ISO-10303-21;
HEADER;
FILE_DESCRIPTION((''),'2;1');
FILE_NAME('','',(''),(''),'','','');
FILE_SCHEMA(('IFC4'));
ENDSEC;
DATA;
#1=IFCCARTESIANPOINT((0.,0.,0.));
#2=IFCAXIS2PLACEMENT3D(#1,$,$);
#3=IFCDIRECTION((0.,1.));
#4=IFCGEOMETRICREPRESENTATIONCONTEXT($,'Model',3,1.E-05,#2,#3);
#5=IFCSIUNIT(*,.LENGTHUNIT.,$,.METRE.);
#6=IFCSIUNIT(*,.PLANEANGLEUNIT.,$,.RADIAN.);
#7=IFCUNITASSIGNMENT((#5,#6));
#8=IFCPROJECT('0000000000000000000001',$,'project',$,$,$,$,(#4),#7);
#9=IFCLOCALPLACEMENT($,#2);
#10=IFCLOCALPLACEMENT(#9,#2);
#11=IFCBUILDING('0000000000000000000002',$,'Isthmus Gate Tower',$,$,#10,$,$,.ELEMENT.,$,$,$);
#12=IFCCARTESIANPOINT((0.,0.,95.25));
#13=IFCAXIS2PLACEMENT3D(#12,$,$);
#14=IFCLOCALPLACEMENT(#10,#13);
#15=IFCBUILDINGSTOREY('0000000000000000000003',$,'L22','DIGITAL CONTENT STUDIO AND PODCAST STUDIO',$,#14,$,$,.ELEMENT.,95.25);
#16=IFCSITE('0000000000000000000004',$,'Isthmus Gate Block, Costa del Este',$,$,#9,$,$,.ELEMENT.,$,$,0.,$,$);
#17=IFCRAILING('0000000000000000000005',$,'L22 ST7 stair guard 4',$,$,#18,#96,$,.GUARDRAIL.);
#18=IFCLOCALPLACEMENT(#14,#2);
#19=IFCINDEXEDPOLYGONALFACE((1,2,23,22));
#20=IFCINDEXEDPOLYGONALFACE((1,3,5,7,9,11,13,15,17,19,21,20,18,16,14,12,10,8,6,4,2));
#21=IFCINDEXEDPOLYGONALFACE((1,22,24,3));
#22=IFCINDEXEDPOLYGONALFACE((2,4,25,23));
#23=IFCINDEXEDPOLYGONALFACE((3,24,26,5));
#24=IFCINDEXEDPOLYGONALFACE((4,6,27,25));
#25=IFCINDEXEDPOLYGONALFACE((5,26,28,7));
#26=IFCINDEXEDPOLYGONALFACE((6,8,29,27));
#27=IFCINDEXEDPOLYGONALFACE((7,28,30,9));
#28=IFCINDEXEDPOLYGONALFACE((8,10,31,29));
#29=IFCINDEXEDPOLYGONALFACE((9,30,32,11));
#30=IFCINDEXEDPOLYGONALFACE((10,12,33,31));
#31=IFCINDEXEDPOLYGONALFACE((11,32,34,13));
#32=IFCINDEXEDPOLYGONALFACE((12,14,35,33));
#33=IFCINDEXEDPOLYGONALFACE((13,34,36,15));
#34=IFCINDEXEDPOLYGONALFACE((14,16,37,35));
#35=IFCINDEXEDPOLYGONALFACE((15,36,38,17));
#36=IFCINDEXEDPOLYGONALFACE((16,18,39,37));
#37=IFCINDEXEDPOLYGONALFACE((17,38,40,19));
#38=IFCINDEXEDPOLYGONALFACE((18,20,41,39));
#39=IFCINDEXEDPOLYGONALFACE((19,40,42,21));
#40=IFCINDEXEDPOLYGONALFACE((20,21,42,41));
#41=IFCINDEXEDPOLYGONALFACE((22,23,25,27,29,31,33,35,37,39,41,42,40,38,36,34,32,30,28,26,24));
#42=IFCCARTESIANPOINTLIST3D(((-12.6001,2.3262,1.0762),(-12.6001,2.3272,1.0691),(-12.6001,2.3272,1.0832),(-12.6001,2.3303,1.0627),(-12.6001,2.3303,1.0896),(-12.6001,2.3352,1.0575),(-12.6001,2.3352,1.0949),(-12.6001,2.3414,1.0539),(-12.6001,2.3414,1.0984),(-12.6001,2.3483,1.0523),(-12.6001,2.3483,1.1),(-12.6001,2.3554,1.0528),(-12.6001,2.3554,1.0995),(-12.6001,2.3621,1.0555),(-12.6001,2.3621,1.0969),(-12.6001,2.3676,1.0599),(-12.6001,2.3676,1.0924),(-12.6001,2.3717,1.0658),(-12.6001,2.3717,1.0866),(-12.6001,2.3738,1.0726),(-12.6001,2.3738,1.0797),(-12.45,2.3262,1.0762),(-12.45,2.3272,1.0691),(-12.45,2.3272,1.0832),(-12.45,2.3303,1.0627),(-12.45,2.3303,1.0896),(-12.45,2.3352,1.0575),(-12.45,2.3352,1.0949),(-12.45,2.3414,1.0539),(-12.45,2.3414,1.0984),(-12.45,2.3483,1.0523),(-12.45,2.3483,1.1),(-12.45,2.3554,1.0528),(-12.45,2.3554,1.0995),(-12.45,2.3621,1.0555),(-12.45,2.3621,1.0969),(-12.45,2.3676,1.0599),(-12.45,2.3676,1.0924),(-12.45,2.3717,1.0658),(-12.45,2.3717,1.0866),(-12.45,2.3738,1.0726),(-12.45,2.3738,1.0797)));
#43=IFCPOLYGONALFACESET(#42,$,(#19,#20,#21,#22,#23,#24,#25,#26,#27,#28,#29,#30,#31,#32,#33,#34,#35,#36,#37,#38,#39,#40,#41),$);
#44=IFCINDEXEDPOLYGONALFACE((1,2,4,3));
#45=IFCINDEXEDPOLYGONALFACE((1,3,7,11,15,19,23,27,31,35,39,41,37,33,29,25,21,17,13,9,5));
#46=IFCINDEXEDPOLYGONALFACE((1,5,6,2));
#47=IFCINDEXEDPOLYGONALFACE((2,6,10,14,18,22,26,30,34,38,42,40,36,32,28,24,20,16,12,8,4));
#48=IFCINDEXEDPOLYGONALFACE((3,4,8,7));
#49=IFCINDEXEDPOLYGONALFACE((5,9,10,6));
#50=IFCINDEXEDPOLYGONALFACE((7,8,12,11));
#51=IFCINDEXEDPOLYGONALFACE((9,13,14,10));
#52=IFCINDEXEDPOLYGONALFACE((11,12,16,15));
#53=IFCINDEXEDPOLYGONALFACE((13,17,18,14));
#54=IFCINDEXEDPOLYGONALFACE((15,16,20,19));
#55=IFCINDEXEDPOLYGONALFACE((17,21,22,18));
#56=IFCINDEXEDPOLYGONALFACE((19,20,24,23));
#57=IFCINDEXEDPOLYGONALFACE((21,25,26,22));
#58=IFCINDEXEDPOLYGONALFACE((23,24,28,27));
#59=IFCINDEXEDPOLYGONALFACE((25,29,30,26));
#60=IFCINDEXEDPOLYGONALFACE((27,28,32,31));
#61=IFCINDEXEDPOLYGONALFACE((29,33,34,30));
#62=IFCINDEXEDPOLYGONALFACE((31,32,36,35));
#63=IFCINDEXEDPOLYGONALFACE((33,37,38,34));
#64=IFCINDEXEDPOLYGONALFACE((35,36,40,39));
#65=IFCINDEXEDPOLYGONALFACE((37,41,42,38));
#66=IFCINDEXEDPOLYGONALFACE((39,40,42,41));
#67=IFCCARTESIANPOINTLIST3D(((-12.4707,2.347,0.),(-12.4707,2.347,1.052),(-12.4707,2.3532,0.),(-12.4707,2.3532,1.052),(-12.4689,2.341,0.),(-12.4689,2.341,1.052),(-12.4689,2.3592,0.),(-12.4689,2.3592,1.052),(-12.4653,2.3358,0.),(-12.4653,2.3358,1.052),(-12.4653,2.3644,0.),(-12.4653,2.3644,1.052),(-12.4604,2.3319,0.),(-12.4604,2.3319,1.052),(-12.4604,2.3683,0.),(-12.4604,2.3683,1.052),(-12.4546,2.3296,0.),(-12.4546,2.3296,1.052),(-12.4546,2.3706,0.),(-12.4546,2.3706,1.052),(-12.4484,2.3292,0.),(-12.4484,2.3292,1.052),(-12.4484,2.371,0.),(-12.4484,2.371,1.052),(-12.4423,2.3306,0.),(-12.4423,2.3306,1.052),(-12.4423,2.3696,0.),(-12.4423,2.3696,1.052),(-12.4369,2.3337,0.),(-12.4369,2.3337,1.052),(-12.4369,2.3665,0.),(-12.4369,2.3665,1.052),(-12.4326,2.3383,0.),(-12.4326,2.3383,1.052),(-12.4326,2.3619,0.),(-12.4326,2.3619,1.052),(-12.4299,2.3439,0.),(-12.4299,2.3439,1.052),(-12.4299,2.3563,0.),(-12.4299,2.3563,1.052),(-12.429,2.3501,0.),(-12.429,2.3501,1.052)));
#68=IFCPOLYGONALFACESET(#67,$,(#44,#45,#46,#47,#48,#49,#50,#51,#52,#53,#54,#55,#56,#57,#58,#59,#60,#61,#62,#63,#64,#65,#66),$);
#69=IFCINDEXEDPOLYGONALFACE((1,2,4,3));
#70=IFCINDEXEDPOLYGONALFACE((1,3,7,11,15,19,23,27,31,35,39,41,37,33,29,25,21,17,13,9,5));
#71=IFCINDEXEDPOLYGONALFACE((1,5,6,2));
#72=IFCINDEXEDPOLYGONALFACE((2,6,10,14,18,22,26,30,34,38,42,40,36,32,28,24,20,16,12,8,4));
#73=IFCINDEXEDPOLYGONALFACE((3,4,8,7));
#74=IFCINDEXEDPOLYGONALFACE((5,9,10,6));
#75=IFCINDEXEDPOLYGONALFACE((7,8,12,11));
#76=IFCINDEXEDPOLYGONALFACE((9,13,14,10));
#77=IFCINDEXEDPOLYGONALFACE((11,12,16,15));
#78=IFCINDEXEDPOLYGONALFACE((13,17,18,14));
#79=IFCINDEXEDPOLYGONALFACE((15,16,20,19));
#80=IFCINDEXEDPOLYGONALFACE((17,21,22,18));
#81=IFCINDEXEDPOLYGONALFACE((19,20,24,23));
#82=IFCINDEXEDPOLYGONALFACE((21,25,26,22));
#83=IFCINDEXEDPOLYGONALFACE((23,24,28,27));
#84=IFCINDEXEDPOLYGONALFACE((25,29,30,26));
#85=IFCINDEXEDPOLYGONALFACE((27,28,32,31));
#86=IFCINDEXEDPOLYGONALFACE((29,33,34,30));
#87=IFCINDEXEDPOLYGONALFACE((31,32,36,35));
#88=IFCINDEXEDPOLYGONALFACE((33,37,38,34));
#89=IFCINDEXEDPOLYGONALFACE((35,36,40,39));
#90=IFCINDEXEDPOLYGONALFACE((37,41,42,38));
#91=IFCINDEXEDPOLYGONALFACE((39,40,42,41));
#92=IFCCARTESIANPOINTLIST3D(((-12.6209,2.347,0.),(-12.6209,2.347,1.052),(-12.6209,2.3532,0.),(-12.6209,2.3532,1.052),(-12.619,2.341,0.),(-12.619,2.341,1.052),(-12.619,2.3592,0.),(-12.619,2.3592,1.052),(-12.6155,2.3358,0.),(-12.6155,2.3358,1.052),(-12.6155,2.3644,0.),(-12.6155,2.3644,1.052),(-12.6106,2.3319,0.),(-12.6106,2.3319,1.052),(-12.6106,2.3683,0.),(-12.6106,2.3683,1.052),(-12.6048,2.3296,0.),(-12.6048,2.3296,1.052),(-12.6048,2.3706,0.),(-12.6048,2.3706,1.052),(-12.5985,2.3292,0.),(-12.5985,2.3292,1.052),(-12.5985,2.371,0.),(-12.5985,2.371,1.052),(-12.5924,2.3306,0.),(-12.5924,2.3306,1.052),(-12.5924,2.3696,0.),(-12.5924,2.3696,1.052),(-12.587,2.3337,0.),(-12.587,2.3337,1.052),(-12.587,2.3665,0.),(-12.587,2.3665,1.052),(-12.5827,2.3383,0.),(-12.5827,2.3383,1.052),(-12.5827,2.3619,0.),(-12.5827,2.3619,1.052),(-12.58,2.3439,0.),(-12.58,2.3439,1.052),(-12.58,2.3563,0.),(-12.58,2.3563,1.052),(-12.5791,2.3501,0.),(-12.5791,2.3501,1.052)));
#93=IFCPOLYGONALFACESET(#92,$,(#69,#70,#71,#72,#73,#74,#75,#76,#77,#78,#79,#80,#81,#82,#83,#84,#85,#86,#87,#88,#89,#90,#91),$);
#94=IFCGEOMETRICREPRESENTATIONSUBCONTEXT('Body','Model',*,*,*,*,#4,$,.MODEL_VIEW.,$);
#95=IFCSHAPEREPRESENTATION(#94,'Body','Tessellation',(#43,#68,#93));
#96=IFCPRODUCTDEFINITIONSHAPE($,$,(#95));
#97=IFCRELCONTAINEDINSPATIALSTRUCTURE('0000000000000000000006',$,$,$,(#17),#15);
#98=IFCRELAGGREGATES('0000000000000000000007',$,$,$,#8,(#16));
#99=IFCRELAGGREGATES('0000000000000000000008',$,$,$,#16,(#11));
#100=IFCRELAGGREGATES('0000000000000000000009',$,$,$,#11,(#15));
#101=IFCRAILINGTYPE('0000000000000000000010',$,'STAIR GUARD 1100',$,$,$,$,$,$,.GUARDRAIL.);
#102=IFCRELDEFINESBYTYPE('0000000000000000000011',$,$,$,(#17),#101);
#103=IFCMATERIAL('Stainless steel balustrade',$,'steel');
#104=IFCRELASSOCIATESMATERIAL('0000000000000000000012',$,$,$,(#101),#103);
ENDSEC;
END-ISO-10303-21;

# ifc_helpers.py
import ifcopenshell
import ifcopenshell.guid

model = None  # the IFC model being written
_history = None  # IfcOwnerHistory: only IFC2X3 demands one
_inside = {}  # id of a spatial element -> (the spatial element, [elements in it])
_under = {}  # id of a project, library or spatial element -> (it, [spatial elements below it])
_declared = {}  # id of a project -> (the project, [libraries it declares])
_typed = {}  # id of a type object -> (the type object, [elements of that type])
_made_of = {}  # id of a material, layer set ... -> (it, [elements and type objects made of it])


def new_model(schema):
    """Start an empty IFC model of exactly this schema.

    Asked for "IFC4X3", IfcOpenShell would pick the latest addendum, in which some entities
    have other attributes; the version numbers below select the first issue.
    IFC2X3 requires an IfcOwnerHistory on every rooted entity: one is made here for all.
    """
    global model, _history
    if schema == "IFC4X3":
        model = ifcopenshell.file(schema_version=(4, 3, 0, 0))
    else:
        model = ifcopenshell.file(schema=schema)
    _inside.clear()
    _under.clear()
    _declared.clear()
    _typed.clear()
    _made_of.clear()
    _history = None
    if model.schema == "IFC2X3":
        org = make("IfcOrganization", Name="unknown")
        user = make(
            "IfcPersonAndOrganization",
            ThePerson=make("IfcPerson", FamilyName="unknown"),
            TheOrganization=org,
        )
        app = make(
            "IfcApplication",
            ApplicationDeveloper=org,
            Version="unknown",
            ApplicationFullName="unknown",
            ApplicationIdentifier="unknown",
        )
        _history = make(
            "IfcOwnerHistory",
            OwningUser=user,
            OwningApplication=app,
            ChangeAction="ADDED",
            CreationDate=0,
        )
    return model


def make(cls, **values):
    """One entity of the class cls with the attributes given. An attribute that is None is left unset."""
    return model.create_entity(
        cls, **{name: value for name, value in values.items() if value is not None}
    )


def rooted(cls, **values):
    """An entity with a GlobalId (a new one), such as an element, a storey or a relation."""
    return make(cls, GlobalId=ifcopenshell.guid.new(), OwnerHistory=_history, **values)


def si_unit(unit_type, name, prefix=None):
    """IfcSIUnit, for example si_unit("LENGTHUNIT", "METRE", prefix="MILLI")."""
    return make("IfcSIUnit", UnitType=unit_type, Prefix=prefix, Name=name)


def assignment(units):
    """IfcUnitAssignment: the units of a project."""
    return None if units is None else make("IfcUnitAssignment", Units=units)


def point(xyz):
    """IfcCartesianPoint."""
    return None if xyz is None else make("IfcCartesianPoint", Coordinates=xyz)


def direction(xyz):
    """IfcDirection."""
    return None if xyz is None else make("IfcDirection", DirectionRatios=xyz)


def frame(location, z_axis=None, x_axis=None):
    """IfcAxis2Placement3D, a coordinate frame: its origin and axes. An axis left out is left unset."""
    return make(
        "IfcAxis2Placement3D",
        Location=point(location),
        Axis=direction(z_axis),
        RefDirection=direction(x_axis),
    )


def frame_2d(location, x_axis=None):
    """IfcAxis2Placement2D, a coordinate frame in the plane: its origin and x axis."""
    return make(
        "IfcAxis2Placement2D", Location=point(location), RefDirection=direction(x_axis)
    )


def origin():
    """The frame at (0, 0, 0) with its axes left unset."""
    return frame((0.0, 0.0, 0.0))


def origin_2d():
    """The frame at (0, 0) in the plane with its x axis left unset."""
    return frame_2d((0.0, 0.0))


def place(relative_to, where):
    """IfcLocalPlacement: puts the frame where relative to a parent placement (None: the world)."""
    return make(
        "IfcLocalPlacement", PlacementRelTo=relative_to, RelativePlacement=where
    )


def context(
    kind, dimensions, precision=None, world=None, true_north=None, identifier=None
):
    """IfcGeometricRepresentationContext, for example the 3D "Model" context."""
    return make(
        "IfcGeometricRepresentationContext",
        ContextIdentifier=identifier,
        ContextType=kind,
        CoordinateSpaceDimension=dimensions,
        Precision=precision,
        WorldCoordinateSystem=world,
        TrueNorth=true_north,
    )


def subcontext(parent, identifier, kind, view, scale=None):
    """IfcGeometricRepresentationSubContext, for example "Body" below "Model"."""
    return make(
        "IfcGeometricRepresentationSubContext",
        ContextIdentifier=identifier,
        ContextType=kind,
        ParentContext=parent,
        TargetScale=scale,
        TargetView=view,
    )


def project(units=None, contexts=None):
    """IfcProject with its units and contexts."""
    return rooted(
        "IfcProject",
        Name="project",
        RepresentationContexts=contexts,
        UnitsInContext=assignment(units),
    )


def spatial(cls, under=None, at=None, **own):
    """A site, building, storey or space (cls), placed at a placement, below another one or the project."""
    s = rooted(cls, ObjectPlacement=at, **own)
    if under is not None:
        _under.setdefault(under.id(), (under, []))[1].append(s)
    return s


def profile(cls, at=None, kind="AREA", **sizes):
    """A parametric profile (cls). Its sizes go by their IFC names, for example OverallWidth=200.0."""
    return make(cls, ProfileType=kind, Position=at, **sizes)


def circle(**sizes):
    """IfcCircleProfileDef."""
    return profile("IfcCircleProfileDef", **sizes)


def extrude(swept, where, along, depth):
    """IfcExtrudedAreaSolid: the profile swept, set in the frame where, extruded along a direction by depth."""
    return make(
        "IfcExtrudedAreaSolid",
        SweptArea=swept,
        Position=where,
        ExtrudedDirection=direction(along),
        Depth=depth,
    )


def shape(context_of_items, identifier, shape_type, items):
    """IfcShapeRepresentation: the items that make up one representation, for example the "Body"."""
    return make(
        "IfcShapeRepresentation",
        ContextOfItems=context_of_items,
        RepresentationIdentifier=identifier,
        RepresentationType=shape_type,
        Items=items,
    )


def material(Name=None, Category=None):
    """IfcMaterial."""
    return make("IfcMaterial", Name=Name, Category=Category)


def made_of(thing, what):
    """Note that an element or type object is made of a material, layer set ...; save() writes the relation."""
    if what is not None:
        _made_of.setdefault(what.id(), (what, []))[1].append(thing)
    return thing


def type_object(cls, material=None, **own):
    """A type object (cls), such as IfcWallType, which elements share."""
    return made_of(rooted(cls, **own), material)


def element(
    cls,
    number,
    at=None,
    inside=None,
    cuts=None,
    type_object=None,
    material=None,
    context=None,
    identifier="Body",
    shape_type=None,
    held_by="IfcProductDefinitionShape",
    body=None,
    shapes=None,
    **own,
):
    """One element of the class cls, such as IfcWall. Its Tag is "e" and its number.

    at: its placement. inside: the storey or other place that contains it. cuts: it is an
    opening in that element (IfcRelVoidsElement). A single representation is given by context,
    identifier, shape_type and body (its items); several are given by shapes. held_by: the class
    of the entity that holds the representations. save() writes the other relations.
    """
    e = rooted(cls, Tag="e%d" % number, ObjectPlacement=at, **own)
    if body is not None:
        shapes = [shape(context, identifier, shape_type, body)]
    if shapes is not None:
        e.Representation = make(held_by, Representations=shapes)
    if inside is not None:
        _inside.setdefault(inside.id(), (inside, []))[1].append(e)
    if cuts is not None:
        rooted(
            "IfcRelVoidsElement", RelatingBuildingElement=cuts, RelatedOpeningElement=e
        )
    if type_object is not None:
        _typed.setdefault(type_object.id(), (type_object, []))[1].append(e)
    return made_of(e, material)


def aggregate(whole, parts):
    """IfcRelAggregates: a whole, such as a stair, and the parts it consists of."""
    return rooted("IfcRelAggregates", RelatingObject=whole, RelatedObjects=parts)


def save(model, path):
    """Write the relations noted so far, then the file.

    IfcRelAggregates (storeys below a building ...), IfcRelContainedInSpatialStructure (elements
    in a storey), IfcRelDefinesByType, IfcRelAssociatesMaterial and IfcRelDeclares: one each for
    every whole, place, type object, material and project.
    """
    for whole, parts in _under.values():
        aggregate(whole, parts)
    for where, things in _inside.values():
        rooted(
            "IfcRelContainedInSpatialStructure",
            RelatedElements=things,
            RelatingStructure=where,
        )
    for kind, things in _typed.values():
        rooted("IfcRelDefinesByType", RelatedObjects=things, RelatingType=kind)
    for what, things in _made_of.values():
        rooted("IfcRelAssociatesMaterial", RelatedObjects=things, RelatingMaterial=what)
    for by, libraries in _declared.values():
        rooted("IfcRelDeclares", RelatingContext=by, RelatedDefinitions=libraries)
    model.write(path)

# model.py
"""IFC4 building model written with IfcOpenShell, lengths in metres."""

from ifc_helpers import new_model, si_unit, direction, frame, origin, origin_2d, place, context, subcontext, project, spatial, circle, extrude, material, type_object, element, save


model = new_model("IFC4")

# Units and contexts
model_context = context("Model", 3, precision=1e-05, world=origin(), true_north=direction((0.0, 1.0)))
body_context = subcontext(model_context, "Body", "Model", "MODEL_VIEW")
ifc_project = project(units=[si_unit("LENGTHUNIT", "METRE"), si_unit("PLANEANGLEUNIT", "RADIAN")], contexts=[model_context])

# Site, building, storey
site_placement = place(None, origin())
site = spatial("IfcSite", under=ifc_project, at=site_placement, Name="Isthmus Gate Block, Costa del Este", CompositionType="ELEMENT", RefElevation=0.0)
building_placement = place(site_placement, origin())
building = spatial("IfcBuilding", under=site, at=building_placement, Name="Isthmus Gate Tower", CompositionType="ELEMENT")
storey_placement = place(building_placement, frame((0.0, 0.0, 95.25)))
storey = spatial("IfcBuildingStorey", under=building, at=storey_placement, Name="L22", Description="DIGITAL CONTENT STUDIO AND PODCAST STUDIO", CompositionType="ELEMENT", Elevation=95.25)

# Railing
ifc_material_1 = material(Name="Stainless steel balustrade", Category="steel")
railing_type_1 = type_object("IfcRailingType", Name="STAIR GUARD 1100", PredefinedType="GUARDRAIL", material=ifc_material_1)
railing_1_placement = place(storey_placement, frame((-12.45, 2.3501, 0.0)))
element("IfcRailing", 1, at=railing_1_placement, inside=storey, type_object=railing_type_1, Name="L22 ST7 stair guard 4", PredefinedType="GUARDRAIL", context=body_context, shape_type="SweptSolid", body=[
    extrude(circle(Radius=0.0239, at=origin_2d()), frame((0.0, 0.0, 1.0762), z_axis=(-1.0, 0.0, 0.0), x_axis=(0.0, -1.0, 0.0)), (0.0, 0.0, 1.0), 0.1501),
    extrude(circle(Radius=0.021, at=origin_2d()), origin(), (0.0, 0.0, 1.0), 1.052),
    extrude(circle(Radius=0.021, at=origin_2d()), frame((-0.1501, 0.0, 0.0)), (0.0, 0.0, 1.0), 1.052),
])

save(model, "model.ifc")
